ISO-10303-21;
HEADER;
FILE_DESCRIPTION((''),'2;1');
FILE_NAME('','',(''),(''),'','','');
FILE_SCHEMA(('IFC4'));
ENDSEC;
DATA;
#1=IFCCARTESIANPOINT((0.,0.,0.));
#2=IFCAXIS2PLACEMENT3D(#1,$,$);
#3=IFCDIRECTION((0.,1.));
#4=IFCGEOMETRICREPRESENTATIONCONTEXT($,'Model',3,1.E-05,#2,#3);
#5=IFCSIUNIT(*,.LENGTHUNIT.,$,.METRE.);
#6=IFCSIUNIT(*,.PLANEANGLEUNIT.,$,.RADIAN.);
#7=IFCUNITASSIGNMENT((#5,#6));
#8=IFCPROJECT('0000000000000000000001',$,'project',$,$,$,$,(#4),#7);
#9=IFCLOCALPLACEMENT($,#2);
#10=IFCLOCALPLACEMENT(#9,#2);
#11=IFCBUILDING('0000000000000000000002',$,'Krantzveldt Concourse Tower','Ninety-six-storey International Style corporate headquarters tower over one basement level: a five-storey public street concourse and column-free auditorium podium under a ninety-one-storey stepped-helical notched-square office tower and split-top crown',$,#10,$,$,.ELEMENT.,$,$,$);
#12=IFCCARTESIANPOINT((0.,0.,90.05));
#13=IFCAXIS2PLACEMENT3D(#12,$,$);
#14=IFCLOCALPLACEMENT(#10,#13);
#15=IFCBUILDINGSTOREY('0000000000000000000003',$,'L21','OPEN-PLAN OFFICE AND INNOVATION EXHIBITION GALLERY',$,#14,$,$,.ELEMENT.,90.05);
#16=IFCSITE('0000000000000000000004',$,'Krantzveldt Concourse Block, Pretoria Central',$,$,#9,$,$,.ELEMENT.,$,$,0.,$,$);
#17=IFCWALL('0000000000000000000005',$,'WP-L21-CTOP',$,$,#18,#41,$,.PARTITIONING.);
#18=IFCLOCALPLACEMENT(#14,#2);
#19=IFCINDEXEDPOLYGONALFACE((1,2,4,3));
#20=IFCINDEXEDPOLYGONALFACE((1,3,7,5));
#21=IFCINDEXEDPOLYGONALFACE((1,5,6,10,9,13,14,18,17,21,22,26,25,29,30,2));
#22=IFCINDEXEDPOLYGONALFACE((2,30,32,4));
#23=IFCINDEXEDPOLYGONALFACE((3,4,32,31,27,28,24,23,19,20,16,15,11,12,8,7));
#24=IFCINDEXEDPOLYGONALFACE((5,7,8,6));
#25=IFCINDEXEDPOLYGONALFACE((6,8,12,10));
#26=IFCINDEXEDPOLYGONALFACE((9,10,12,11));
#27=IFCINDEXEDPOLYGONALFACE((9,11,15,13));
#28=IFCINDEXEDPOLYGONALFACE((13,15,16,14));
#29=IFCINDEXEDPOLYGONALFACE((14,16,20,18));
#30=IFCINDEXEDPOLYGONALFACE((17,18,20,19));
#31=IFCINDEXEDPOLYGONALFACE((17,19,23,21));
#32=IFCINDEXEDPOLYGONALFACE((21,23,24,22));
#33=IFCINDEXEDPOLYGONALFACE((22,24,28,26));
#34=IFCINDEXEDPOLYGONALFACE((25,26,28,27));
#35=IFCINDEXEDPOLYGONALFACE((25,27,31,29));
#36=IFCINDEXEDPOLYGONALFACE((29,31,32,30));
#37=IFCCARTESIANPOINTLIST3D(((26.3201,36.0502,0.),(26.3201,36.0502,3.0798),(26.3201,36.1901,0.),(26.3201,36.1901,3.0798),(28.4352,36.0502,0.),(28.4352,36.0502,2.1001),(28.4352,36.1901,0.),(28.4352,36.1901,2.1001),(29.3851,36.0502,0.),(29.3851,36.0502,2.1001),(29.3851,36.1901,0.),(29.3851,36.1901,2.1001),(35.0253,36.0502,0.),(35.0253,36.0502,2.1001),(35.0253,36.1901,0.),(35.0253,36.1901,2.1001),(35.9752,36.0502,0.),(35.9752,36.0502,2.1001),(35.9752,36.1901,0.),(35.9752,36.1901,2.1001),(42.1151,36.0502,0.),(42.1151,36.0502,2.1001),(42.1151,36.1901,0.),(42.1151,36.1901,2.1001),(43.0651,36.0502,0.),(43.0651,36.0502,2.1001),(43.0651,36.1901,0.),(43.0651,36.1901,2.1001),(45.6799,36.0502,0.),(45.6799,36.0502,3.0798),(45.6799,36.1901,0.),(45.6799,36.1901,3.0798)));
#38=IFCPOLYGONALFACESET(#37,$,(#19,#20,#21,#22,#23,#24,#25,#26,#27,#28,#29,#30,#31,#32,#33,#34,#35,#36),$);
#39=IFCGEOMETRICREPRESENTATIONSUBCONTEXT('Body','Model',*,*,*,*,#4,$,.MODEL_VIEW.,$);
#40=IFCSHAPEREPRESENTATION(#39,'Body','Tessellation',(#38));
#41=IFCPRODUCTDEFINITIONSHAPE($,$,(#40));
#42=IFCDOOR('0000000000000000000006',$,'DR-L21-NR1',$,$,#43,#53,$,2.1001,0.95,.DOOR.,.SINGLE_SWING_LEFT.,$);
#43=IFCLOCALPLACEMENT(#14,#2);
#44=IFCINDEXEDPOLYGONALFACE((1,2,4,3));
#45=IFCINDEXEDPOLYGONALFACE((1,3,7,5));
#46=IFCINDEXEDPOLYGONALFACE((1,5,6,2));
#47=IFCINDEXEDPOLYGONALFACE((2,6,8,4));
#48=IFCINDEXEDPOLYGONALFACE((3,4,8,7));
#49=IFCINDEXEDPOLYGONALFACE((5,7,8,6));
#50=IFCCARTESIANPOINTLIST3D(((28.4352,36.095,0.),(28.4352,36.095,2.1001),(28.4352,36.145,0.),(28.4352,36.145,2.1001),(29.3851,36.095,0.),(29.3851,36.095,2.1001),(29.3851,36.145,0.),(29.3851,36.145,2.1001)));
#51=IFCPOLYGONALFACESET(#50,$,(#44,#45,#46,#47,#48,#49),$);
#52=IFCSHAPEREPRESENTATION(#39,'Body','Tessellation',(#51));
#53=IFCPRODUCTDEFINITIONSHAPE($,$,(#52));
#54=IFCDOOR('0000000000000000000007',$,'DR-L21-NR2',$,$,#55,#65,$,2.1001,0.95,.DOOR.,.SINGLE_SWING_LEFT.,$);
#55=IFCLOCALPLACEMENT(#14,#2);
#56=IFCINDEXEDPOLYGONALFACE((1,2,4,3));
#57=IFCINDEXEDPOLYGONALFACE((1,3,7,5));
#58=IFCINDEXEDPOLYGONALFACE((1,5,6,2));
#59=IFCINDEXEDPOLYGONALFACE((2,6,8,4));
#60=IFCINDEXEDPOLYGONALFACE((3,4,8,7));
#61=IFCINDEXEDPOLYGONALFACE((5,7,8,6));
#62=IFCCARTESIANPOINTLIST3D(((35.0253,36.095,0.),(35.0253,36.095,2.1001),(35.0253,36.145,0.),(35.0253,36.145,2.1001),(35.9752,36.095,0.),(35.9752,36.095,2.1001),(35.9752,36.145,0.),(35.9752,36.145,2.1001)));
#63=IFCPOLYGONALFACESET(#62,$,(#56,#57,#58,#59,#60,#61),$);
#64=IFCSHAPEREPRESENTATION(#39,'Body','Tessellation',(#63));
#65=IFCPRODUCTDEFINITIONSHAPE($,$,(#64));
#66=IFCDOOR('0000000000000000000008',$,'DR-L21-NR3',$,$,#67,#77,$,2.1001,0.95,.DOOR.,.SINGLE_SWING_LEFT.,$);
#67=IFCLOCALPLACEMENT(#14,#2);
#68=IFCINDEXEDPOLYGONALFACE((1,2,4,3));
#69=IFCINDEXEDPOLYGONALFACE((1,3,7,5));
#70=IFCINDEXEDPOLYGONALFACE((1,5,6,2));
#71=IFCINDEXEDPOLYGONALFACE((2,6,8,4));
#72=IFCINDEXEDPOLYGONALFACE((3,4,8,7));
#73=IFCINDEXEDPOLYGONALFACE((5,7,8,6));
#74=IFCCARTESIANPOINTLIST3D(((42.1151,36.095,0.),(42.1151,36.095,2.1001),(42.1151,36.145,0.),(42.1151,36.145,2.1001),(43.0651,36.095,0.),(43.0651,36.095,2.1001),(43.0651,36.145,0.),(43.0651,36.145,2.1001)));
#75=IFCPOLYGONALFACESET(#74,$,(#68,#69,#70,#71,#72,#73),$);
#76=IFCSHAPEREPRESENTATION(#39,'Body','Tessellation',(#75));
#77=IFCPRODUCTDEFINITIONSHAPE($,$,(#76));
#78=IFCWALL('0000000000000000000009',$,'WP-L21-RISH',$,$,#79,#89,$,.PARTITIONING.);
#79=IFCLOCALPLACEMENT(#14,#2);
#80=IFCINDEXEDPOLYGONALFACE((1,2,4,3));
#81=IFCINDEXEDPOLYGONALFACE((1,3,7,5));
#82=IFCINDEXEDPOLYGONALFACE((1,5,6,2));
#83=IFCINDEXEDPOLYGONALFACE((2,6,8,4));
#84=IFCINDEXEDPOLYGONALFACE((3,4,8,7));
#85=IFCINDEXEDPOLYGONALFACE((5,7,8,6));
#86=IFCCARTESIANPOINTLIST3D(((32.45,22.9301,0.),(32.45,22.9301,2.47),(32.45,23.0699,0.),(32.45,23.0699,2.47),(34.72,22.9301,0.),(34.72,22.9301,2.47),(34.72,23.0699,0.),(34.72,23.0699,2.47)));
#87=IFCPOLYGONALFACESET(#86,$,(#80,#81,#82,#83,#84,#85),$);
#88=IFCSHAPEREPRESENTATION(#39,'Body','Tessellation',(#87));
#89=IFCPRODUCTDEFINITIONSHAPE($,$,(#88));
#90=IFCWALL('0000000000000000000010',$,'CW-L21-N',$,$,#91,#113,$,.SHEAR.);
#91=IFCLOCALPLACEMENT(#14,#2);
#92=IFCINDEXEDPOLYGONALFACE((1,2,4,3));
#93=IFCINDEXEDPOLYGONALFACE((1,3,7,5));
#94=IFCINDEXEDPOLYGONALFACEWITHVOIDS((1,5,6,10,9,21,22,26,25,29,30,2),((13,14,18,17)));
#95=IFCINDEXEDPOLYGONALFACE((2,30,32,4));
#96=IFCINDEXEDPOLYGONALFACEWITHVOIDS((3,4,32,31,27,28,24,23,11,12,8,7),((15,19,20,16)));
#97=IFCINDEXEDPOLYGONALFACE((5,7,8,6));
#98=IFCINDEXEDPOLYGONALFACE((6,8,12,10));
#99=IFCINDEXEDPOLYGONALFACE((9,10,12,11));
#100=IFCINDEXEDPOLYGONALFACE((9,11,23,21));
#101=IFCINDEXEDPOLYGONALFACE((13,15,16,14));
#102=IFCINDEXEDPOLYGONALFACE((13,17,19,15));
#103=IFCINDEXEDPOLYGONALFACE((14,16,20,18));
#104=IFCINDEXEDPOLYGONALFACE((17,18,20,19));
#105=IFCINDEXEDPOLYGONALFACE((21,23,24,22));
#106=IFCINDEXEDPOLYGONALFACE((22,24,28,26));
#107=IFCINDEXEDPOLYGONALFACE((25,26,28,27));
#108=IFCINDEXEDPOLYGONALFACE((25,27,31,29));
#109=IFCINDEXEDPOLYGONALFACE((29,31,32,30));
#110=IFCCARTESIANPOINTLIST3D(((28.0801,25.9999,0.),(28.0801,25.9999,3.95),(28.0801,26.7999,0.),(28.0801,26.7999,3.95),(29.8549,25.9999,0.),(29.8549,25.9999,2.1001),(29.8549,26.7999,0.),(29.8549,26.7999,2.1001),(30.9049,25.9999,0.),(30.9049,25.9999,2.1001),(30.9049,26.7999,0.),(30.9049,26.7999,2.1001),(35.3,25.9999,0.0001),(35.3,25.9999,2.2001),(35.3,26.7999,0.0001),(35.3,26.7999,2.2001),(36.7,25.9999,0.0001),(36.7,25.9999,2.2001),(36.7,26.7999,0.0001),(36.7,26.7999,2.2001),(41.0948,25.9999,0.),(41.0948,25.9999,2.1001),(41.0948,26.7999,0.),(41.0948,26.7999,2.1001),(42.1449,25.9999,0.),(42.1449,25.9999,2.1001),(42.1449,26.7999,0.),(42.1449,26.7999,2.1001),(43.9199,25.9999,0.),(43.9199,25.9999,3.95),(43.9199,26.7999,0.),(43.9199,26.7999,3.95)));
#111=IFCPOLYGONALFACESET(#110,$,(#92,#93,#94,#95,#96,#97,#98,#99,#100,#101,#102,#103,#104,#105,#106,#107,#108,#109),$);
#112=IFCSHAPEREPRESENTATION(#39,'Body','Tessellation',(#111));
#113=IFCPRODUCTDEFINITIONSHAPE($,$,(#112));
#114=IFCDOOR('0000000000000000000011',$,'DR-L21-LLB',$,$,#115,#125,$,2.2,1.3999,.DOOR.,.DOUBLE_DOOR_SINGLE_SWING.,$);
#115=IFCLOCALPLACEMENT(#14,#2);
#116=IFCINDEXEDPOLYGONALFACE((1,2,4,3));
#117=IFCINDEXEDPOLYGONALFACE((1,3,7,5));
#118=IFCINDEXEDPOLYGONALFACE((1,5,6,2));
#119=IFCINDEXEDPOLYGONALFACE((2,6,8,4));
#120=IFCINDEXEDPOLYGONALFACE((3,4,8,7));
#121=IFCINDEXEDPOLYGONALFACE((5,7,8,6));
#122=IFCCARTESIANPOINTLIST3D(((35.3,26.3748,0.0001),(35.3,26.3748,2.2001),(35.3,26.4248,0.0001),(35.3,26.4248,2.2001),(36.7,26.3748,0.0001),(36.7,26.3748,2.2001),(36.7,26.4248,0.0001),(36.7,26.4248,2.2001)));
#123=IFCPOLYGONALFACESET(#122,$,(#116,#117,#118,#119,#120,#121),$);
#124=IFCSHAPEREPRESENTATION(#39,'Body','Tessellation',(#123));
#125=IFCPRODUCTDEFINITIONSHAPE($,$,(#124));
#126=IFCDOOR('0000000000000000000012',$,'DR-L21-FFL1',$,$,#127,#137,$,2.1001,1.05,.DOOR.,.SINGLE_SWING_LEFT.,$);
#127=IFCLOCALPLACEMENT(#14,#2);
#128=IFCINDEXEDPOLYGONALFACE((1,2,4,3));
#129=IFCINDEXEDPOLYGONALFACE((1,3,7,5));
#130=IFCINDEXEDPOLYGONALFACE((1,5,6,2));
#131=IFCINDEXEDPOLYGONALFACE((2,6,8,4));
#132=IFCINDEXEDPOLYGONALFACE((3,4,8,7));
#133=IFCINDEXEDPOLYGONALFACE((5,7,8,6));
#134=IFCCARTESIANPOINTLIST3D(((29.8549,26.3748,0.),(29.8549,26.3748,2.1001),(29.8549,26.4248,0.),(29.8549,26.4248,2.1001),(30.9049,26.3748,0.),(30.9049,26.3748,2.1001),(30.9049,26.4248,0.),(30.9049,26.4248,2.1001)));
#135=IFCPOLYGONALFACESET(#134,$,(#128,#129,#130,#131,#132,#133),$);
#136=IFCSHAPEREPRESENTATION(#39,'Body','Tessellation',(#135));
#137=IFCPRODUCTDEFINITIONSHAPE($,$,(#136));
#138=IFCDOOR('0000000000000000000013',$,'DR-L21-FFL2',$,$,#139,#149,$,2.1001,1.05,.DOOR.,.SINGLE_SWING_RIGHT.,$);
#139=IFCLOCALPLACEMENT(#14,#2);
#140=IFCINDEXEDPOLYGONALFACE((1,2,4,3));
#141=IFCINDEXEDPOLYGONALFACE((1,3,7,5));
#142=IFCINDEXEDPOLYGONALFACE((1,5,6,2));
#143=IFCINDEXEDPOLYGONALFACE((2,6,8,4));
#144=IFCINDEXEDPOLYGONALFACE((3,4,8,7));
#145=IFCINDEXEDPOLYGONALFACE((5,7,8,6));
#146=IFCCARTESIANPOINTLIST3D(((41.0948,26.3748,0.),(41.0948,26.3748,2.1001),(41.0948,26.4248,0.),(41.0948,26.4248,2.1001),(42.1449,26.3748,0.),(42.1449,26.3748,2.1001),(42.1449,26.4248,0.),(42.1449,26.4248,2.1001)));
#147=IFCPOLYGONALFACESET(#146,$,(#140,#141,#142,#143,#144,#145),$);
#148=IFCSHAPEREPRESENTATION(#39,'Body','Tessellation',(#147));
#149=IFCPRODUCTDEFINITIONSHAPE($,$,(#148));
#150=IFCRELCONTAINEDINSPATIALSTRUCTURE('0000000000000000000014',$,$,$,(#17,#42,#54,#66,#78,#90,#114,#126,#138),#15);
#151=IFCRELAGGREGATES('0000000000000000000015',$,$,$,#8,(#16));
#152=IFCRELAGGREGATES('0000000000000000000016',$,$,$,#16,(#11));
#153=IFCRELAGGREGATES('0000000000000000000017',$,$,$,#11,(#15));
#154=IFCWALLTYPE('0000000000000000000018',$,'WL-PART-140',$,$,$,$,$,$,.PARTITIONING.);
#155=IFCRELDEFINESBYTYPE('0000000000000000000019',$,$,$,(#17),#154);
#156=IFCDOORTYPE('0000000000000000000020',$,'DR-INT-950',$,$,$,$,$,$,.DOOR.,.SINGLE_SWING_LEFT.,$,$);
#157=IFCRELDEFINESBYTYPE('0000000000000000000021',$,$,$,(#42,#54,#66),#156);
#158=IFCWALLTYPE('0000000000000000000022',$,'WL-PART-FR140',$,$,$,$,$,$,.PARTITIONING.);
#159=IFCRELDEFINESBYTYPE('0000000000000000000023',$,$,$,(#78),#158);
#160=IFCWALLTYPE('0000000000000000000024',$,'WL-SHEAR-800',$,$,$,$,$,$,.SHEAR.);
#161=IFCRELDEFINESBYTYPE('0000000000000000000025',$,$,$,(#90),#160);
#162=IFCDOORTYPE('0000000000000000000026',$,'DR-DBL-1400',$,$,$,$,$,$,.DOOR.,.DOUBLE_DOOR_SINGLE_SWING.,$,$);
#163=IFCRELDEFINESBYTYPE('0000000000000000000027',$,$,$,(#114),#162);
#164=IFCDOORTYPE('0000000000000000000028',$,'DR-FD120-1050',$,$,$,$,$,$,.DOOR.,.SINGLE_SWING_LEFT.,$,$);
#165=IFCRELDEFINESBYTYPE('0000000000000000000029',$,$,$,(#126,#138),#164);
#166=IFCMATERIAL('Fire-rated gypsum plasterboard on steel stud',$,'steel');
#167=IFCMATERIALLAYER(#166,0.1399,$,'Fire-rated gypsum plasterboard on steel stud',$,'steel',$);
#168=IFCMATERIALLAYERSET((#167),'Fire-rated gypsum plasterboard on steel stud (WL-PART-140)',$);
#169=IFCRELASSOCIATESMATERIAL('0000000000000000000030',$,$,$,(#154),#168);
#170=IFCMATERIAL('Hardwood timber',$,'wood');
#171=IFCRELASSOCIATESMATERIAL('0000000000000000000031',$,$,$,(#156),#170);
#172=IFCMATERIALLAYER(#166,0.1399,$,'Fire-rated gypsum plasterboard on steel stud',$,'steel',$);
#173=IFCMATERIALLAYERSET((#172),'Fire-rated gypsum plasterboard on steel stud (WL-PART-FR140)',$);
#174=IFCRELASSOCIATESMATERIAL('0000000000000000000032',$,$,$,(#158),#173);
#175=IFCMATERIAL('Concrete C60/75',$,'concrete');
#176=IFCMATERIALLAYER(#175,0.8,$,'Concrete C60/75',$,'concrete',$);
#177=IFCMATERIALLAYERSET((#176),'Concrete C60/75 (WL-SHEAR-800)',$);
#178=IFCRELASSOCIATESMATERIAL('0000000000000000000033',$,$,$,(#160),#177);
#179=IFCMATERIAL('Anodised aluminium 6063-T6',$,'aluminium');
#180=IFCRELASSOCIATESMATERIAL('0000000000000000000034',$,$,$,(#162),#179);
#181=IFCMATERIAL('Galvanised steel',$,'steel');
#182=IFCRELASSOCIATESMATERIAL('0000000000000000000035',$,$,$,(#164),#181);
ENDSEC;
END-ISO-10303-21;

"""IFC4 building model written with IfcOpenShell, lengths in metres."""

from ifc_helpers import new_model, si_unit, direction, frame, frame_2d, origin, place, context, subcontext, project, spatial, rectangle, extrude, material, layer, layer_set, type_object, element, fill, save


model = new_model("IFC4")

# Units and contexts
model_context = context("Model", 3, precision=1e-05, world=origin(), true_north=direction((0.0, 1.0)))
body_context = subcontext(model_context, "Body", "Model", "MODEL_VIEW")
ifc_project = project(units=[si_unit("LENGTHUNIT", "METRE"), si_unit("PLANEANGLEUNIT", "RADIAN")], contexts=[model_context])

# Site, building, storey
site_placement = place(None, origin())
site = spatial("IfcSite", under=ifc_project, at=site_placement, Name="Krantzveldt Concourse Block, Pretoria Central", CompositionType="ELEMENT", RefElevation=0.0)
building_placement = place(site_placement, origin())
building = spatial("IfcBuilding", under=site, at=building_placement, Name="Krantzveldt Concourse Tower", Description="Ninety-six-storey International Style corporate headquarters tower over one basement level: a five-storey public street concourse and column-free auditorium podium under a ninety-one-storey stepped-helical notched-square office tower and split-top crown", CompositionType="ELEMENT")
storey_placement = place(building_placement, frame((0.0, 0.0, 90.05)))
storey = spatial("IfcBuildingStorey", under=building, at=storey_placement, Name="L21", Description="OPEN-PLAN OFFICE AND INNOVATION EXHIBITION GALLERY", CompositionType="ELEMENT", Elevation=90.05)

# Shared definitions
ifc_material_1 = material(Name="Fire-rated gypsum plasterboard on steel stud", Category="steel")

# Shared definitions
ifc_layer_1 = layer(ifc_material_1, 0.1399, Name="Fire-rated gypsum plasterboard on steel stud", Category="steel")
ifc_layer_set_1 = layer_set([ifc_layer_1], Name="Fire-rated gypsum plasterboard on steel stud (WL-PART-140)")
wall_type_1 = type_object("IfcWallType", Name="WL-PART-140", PredefinedType="PARTITIONING", material=ifc_layer_set_1)
ifc_material_2 = material(Name="Hardwood timber", Category="wood")

# Shared definitions
door_type_1 = type_object("IfcDoorType", Name="DR-INT-950", OperationType="SINGLE_SWING_LEFT", PredefinedType="DOOR", material=ifc_material_2)

# Wall, openings, doors
wall_1_placement = place(storey_placement, frame((26.3201, 36.1201, 0.0), z_axis=(0.0, 0.0, 1.0), x_axis=(1.0, 0.0, 0.0)))
wall_1 = element("IfcWall", 1, at=wall_1_placement, inside=storey, type_object=wall_type_1, Name="WP-L21-CTOP", PredefinedType="PARTITIONING", context=body_context, shape_type="SweptSolid", body=[
    extrude(rectangle(XDim=19.3599, YDim=0.1399, at=frame_2d((9.6799, 0.0))), origin(), (0.0, 0.0, 1.0), 3.0798),
])
opening_1_placement = place(wall_1_placement, frame((2.115, 0.0, 0.0)))
opening_1 = element("IfcOpeningElement", 2, at=opening_1_placement, cuts=wall_1, PredefinedType="OPENING", context=body_context, shape_type="SweptSolid", body=[
    extrude(rectangle(XDim=0.95, YDim=2.1001, at=frame_2d((0.4751, 1.05))), frame((0.0, 0.0801, 0.0), z_axis=(0.0, -1.0, 0.0), x_axis=(1.0, 0.0, 0.0)), (0.0, 0.0, 1.0), 0.1599),
])
opening_2_placement = place(wall_1_placement, frame((8.7051, 0.0, 0.0)))
opening_2 = element("IfcOpeningElement", 3, at=opening_2_placement, cuts=wall_1, PredefinedType="OPENING", context=body_context, shape_type="SweptSolid", body=[
    extrude(rectangle(XDim=0.95, YDim=2.1001, at=frame_2d((0.4751, 1.05))), frame((0.0, 0.0801, 0.0), z_axis=(0.0, -1.0, 0.0), x_axis=(1.0, 0.0, 0.0)), (0.0, 0.0, 1.0), 0.1599),
])
opening_3_placement = place(wall_1_placement, frame((15.7949, 0.0, 0.0)))
opening_3 = element("IfcOpeningElement", 4, at=opening_3_placement, cuts=wall_1, PredefinedType="OPENING", context=body_context, shape_type="SweptSolid", body=[
    extrude(rectangle(XDim=0.95, YDim=2.1001, at=frame_2d((0.4751, 1.05))), frame((0.0, 0.0801, 0.0), z_axis=(0.0, -1.0, 0.0), x_axis=(1.0, 0.0, 0.0)), (0.0, 0.0, 1.0), 0.1599),
])
door_1_placement = place(opening_1_placement, origin())
door_1 = element("IfcDoor", 5, at=door_1_placement, inside=storey, type_object=door_type_1, Name="DR-L21-NR1", OperationType="SINGLE_SWING_LEFT", OverallHeight=2.1001, OverallWidth=0.95, PredefinedType="DOOR", context=body_context, shape_type="SweptSolid", body=[
    extrude(rectangle(XDim=0.95, YDim=2.1001, at=frame_2d((0.4751, 1.05))), frame((0.0, 0.0249, 0.0), z_axis=(0.0, -1.0, 0.0), x_axis=(1.0, 0.0, 0.0)), (0.0, 0.0, 1.0), 0.05),
])
fill(opening_1, door_1)
door_2_placement = place(opening_2_placement, origin())
door_2 = element("IfcDoor", 6, at=door_2_placement, inside=storey, type_object=door_type_1, Name="DR-L21-NR2", OperationType="SINGLE_SWING_LEFT", OverallHeight=2.1001, OverallWidth=0.95, PredefinedType="DOOR", context=body_context, shape_type="SweptSolid", body=[
    extrude(rectangle(XDim=0.95, YDim=2.1001, at=frame_2d((0.4751, 1.05))), frame((0.0, 0.0249, 0.0), z_axis=(0.0, -1.0, 0.0), x_axis=(1.0, 0.0, 0.0)), (0.0, 0.0, 1.0), 0.05),
])
fill(opening_2, door_2)
door_3_placement = place(opening_3_placement, origin())
door_3 = element("IfcDoor", 7, at=door_3_placement, inside=storey, type_object=door_type_1, Name="DR-L21-NR3", OperationType="SINGLE_SWING_LEFT", OverallHeight=2.1001, OverallWidth=0.95, PredefinedType="DOOR", context=body_context, shape_type="SweptSolid", body=[
    extrude(rectangle(XDim=0.95, YDim=2.1001, at=frame_2d((0.4751, 1.05))), frame((0.0, 0.0249, 0.0), z_axis=(0.0, -1.0, 0.0), x_axis=(1.0, 0.0, 0.0)), (0.0, 0.0, 1.0), 0.05),
])
fill(opening_3, door_3)

# Wall
ifc_layer_2 = layer(ifc_material_1, 0.1399, Name="Fire-rated gypsum plasterboard on steel stud", Category="steel")
ifc_layer_set_2 = layer_set([ifc_layer_2], Name="Fire-rated gypsum plasterboard on steel stud (WL-PART-FR140)")
wall_type_2 = type_object("IfcWallType", Name="WL-PART-FR140", PredefinedType="PARTITIONING", material=ifc_layer_set_2)
wall_2_placement = place(storey_placement, frame((32.45, 23.0, 0.0), z_axis=(0.0, 0.0, 1.0), x_axis=(1.0, 0.0, 0.0)))
element("IfcWall", 8, at=wall_2_placement, inside=storey, type_object=wall_type_2, Name="WP-L21-RISH", PredefinedType="PARTITIONING", context=body_context, shape_type="SweptSolid", body=[
    extrude(rectangle(XDim=2.27, YDim=0.1399, at=frame_2d((1.135, 0.0))), origin(), (0.0, 0.0, 1.0), 2.47),
])

# Wall, openings, doors
ifc_material_3 = material(Name="Concrete C60/75", Category="concrete")
ifc_layer_3 = layer(ifc_material_3, 0.8, Name="Concrete C60/75", Category="concrete")
ifc_layer_set_3 = layer_set([ifc_layer_3], Name="Concrete C60/75 (WL-SHEAR-800)")
wall_type_3 = type_object("IfcWallType", Name="WL-SHEAR-800", PredefinedType="SHEAR", material=ifc_layer_set_3)
wall_3_placement = place(storey_placement, frame((28.0801, 26.3999, 0.0), z_axis=(0.0, 0.0, 1.0), x_axis=(1.0, 0.0, 0.0)))
wall_3 = element("IfcWall", 9, at=wall_3_placement, inside=storey, type_object=wall_type_3, Name="CW-L21-N", PredefinedType="SHEAR", context=body_context, shape_type="SweptSolid", body=[
    extrude(rectangle(XDim=15.8398, YDim=0.8, at=frame_2d((7.9199, 0.0))), origin(), (0.0, 0.0, 1.0), 3.95),
])
opening_4_placement = place(wall_3_placement, frame((7.22, 0.0, 0.0)))
opening_4 = element("IfcOpeningElement", 10, at=opening_4_placement, cuts=wall_3, PredefinedType="OPENING", context=body_context, shape_type="SweptSolid", body=[
    extrude(rectangle(XDim=1.3999, YDim=2.2, at=frame_2d((0.7, 1.1001))), frame((0.0, 0.4102, 0.0), z_axis=(0.0, -1.0, 0.0), x_axis=(1.0, 0.0, 0.0)), (0.0, 0.0, 1.0), 0.8201),
])
opening_5_placement = place(wall_3_placement, frame((1.7749, 0.0, 0.0)))
opening_5 = element("IfcOpeningElement", 11, at=opening_5_placement, cuts=wall_3, PredefinedType="OPENING", context=body_context, shape_type="SweptSolid", body=[
    extrude(rectangle(XDim=1.05, YDim=2.1001, at=frame_2d((0.5249, 1.05))), frame((0.0, 0.4102, 0.0), z_axis=(0.0, -1.0, 0.0), x_axis=(1.0, 0.0, 0.0)), (0.0, 0.0, 1.0), 0.8201),
])
opening_6_placement = place(wall_3_placement, frame((13.0149, 0.0, 0.0)))
opening_6 = element("IfcOpeningElement", 12, at=opening_6_placement, cuts=wall_3, PredefinedType="OPENING", context=body_context, shape_type="SweptSolid", body=[
    extrude(rectangle(XDim=1.05, YDim=2.1001, at=frame_2d((0.5249, 1.05))), frame((0.0, 0.4102, 0.0), z_axis=(0.0, -1.0, 0.0), x_axis=(1.0, 0.0, 0.0)), (0.0, 0.0, 1.0), 0.8201),
])
ifc_material_4 = material(Name="Anodised aluminium 6063-T6", Category="aluminium")
door_type_2 = type_object("IfcDoorType", Name="DR-DBL-1400", OperationType="DOUBLE_DOOR_SINGLE_SWING", PredefinedType="DOOR", material=ifc_material_4)
door_4_placement = place(opening_4_placement, origin())
door_4 = element("IfcDoor", 13, at=door_4_placement, inside=storey, type_object=door_type_2, Name="DR-L21-LLB", OperationType="DOUBLE_DOOR_SINGLE_SWING", OverallHeight=2.2, OverallWidth=1.3999, PredefinedType="DOOR", context=body_context, shape_type="SweptSolid", body=[
    extrude(rectangle(XDim=1.3999, YDim=2.2, at=frame_2d((0.7, 1.1001))), frame((0.0, 0.0249, 0.0), z_axis=(0.0, -1.0, 0.0), x_axis=(1.0, 0.0, 0.0)), (0.0, 0.0, 1.0), 0.05),
])
fill(opening_4, door_4)
ifc_material_5 = material(Name="Galvanised steel", Category="steel")
door_type_3 = type_object("IfcDoorType", Name="DR-FD120-1050", OperationType="SINGLE_SWING_LEFT", PredefinedType="DOOR", material=ifc_material_5)
door_5_placement = place(opening_5_placement, origin())
door_5 = element("IfcDoor", 14, at=door_5_placement, inside=storey, type_object=door_type_3, Name="DR-L21-FFL1", OperationType="SINGLE_SWING_LEFT", OverallHeight=2.1001, OverallWidth=1.05, PredefinedType="DOOR", context=body_context, shape_type="SweptSolid", body=[
    extrude(rectangle(XDim=1.05, YDim=2.1001, at=frame_2d((0.5249, 1.05))), frame((0.0, 0.0249, 0.0), z_axis=(0.0, -1.0, 0.0), x_axis=(1.0, 0.0, 0.0)), (0.0, 0.0, 1.0), 0.05),
])
fill(opening_5, door_5)
door_6_placement = place(opening_6_placement, origin())
door_6 = element("IfcDoor", 15, at=door_6_placement, inside=storey, type_object=door_type_3, Name="DR-L21-FFL2", OperationType="SINGLE_SWING_RIGHT", OverallHeight=2.1001, OverallWidth=1.05, PredefinedType="DOOR", context=body_context, shape_type="SweptSolid", body=[
    extrude(rectangle(XDim=1.05, YDim=2.1001, at=frame_2d((0.5249, 1.05))), frame((0.0, 0.0249, 0.0), z_axis=(0.0, -1.0, 0.0), x_axis=(1.0, 0.0, 0.0)), (0.0, 0.0, 1.0), 0.05),
])
fill(opening_6, door_6)

save(model, "model.ifc")
